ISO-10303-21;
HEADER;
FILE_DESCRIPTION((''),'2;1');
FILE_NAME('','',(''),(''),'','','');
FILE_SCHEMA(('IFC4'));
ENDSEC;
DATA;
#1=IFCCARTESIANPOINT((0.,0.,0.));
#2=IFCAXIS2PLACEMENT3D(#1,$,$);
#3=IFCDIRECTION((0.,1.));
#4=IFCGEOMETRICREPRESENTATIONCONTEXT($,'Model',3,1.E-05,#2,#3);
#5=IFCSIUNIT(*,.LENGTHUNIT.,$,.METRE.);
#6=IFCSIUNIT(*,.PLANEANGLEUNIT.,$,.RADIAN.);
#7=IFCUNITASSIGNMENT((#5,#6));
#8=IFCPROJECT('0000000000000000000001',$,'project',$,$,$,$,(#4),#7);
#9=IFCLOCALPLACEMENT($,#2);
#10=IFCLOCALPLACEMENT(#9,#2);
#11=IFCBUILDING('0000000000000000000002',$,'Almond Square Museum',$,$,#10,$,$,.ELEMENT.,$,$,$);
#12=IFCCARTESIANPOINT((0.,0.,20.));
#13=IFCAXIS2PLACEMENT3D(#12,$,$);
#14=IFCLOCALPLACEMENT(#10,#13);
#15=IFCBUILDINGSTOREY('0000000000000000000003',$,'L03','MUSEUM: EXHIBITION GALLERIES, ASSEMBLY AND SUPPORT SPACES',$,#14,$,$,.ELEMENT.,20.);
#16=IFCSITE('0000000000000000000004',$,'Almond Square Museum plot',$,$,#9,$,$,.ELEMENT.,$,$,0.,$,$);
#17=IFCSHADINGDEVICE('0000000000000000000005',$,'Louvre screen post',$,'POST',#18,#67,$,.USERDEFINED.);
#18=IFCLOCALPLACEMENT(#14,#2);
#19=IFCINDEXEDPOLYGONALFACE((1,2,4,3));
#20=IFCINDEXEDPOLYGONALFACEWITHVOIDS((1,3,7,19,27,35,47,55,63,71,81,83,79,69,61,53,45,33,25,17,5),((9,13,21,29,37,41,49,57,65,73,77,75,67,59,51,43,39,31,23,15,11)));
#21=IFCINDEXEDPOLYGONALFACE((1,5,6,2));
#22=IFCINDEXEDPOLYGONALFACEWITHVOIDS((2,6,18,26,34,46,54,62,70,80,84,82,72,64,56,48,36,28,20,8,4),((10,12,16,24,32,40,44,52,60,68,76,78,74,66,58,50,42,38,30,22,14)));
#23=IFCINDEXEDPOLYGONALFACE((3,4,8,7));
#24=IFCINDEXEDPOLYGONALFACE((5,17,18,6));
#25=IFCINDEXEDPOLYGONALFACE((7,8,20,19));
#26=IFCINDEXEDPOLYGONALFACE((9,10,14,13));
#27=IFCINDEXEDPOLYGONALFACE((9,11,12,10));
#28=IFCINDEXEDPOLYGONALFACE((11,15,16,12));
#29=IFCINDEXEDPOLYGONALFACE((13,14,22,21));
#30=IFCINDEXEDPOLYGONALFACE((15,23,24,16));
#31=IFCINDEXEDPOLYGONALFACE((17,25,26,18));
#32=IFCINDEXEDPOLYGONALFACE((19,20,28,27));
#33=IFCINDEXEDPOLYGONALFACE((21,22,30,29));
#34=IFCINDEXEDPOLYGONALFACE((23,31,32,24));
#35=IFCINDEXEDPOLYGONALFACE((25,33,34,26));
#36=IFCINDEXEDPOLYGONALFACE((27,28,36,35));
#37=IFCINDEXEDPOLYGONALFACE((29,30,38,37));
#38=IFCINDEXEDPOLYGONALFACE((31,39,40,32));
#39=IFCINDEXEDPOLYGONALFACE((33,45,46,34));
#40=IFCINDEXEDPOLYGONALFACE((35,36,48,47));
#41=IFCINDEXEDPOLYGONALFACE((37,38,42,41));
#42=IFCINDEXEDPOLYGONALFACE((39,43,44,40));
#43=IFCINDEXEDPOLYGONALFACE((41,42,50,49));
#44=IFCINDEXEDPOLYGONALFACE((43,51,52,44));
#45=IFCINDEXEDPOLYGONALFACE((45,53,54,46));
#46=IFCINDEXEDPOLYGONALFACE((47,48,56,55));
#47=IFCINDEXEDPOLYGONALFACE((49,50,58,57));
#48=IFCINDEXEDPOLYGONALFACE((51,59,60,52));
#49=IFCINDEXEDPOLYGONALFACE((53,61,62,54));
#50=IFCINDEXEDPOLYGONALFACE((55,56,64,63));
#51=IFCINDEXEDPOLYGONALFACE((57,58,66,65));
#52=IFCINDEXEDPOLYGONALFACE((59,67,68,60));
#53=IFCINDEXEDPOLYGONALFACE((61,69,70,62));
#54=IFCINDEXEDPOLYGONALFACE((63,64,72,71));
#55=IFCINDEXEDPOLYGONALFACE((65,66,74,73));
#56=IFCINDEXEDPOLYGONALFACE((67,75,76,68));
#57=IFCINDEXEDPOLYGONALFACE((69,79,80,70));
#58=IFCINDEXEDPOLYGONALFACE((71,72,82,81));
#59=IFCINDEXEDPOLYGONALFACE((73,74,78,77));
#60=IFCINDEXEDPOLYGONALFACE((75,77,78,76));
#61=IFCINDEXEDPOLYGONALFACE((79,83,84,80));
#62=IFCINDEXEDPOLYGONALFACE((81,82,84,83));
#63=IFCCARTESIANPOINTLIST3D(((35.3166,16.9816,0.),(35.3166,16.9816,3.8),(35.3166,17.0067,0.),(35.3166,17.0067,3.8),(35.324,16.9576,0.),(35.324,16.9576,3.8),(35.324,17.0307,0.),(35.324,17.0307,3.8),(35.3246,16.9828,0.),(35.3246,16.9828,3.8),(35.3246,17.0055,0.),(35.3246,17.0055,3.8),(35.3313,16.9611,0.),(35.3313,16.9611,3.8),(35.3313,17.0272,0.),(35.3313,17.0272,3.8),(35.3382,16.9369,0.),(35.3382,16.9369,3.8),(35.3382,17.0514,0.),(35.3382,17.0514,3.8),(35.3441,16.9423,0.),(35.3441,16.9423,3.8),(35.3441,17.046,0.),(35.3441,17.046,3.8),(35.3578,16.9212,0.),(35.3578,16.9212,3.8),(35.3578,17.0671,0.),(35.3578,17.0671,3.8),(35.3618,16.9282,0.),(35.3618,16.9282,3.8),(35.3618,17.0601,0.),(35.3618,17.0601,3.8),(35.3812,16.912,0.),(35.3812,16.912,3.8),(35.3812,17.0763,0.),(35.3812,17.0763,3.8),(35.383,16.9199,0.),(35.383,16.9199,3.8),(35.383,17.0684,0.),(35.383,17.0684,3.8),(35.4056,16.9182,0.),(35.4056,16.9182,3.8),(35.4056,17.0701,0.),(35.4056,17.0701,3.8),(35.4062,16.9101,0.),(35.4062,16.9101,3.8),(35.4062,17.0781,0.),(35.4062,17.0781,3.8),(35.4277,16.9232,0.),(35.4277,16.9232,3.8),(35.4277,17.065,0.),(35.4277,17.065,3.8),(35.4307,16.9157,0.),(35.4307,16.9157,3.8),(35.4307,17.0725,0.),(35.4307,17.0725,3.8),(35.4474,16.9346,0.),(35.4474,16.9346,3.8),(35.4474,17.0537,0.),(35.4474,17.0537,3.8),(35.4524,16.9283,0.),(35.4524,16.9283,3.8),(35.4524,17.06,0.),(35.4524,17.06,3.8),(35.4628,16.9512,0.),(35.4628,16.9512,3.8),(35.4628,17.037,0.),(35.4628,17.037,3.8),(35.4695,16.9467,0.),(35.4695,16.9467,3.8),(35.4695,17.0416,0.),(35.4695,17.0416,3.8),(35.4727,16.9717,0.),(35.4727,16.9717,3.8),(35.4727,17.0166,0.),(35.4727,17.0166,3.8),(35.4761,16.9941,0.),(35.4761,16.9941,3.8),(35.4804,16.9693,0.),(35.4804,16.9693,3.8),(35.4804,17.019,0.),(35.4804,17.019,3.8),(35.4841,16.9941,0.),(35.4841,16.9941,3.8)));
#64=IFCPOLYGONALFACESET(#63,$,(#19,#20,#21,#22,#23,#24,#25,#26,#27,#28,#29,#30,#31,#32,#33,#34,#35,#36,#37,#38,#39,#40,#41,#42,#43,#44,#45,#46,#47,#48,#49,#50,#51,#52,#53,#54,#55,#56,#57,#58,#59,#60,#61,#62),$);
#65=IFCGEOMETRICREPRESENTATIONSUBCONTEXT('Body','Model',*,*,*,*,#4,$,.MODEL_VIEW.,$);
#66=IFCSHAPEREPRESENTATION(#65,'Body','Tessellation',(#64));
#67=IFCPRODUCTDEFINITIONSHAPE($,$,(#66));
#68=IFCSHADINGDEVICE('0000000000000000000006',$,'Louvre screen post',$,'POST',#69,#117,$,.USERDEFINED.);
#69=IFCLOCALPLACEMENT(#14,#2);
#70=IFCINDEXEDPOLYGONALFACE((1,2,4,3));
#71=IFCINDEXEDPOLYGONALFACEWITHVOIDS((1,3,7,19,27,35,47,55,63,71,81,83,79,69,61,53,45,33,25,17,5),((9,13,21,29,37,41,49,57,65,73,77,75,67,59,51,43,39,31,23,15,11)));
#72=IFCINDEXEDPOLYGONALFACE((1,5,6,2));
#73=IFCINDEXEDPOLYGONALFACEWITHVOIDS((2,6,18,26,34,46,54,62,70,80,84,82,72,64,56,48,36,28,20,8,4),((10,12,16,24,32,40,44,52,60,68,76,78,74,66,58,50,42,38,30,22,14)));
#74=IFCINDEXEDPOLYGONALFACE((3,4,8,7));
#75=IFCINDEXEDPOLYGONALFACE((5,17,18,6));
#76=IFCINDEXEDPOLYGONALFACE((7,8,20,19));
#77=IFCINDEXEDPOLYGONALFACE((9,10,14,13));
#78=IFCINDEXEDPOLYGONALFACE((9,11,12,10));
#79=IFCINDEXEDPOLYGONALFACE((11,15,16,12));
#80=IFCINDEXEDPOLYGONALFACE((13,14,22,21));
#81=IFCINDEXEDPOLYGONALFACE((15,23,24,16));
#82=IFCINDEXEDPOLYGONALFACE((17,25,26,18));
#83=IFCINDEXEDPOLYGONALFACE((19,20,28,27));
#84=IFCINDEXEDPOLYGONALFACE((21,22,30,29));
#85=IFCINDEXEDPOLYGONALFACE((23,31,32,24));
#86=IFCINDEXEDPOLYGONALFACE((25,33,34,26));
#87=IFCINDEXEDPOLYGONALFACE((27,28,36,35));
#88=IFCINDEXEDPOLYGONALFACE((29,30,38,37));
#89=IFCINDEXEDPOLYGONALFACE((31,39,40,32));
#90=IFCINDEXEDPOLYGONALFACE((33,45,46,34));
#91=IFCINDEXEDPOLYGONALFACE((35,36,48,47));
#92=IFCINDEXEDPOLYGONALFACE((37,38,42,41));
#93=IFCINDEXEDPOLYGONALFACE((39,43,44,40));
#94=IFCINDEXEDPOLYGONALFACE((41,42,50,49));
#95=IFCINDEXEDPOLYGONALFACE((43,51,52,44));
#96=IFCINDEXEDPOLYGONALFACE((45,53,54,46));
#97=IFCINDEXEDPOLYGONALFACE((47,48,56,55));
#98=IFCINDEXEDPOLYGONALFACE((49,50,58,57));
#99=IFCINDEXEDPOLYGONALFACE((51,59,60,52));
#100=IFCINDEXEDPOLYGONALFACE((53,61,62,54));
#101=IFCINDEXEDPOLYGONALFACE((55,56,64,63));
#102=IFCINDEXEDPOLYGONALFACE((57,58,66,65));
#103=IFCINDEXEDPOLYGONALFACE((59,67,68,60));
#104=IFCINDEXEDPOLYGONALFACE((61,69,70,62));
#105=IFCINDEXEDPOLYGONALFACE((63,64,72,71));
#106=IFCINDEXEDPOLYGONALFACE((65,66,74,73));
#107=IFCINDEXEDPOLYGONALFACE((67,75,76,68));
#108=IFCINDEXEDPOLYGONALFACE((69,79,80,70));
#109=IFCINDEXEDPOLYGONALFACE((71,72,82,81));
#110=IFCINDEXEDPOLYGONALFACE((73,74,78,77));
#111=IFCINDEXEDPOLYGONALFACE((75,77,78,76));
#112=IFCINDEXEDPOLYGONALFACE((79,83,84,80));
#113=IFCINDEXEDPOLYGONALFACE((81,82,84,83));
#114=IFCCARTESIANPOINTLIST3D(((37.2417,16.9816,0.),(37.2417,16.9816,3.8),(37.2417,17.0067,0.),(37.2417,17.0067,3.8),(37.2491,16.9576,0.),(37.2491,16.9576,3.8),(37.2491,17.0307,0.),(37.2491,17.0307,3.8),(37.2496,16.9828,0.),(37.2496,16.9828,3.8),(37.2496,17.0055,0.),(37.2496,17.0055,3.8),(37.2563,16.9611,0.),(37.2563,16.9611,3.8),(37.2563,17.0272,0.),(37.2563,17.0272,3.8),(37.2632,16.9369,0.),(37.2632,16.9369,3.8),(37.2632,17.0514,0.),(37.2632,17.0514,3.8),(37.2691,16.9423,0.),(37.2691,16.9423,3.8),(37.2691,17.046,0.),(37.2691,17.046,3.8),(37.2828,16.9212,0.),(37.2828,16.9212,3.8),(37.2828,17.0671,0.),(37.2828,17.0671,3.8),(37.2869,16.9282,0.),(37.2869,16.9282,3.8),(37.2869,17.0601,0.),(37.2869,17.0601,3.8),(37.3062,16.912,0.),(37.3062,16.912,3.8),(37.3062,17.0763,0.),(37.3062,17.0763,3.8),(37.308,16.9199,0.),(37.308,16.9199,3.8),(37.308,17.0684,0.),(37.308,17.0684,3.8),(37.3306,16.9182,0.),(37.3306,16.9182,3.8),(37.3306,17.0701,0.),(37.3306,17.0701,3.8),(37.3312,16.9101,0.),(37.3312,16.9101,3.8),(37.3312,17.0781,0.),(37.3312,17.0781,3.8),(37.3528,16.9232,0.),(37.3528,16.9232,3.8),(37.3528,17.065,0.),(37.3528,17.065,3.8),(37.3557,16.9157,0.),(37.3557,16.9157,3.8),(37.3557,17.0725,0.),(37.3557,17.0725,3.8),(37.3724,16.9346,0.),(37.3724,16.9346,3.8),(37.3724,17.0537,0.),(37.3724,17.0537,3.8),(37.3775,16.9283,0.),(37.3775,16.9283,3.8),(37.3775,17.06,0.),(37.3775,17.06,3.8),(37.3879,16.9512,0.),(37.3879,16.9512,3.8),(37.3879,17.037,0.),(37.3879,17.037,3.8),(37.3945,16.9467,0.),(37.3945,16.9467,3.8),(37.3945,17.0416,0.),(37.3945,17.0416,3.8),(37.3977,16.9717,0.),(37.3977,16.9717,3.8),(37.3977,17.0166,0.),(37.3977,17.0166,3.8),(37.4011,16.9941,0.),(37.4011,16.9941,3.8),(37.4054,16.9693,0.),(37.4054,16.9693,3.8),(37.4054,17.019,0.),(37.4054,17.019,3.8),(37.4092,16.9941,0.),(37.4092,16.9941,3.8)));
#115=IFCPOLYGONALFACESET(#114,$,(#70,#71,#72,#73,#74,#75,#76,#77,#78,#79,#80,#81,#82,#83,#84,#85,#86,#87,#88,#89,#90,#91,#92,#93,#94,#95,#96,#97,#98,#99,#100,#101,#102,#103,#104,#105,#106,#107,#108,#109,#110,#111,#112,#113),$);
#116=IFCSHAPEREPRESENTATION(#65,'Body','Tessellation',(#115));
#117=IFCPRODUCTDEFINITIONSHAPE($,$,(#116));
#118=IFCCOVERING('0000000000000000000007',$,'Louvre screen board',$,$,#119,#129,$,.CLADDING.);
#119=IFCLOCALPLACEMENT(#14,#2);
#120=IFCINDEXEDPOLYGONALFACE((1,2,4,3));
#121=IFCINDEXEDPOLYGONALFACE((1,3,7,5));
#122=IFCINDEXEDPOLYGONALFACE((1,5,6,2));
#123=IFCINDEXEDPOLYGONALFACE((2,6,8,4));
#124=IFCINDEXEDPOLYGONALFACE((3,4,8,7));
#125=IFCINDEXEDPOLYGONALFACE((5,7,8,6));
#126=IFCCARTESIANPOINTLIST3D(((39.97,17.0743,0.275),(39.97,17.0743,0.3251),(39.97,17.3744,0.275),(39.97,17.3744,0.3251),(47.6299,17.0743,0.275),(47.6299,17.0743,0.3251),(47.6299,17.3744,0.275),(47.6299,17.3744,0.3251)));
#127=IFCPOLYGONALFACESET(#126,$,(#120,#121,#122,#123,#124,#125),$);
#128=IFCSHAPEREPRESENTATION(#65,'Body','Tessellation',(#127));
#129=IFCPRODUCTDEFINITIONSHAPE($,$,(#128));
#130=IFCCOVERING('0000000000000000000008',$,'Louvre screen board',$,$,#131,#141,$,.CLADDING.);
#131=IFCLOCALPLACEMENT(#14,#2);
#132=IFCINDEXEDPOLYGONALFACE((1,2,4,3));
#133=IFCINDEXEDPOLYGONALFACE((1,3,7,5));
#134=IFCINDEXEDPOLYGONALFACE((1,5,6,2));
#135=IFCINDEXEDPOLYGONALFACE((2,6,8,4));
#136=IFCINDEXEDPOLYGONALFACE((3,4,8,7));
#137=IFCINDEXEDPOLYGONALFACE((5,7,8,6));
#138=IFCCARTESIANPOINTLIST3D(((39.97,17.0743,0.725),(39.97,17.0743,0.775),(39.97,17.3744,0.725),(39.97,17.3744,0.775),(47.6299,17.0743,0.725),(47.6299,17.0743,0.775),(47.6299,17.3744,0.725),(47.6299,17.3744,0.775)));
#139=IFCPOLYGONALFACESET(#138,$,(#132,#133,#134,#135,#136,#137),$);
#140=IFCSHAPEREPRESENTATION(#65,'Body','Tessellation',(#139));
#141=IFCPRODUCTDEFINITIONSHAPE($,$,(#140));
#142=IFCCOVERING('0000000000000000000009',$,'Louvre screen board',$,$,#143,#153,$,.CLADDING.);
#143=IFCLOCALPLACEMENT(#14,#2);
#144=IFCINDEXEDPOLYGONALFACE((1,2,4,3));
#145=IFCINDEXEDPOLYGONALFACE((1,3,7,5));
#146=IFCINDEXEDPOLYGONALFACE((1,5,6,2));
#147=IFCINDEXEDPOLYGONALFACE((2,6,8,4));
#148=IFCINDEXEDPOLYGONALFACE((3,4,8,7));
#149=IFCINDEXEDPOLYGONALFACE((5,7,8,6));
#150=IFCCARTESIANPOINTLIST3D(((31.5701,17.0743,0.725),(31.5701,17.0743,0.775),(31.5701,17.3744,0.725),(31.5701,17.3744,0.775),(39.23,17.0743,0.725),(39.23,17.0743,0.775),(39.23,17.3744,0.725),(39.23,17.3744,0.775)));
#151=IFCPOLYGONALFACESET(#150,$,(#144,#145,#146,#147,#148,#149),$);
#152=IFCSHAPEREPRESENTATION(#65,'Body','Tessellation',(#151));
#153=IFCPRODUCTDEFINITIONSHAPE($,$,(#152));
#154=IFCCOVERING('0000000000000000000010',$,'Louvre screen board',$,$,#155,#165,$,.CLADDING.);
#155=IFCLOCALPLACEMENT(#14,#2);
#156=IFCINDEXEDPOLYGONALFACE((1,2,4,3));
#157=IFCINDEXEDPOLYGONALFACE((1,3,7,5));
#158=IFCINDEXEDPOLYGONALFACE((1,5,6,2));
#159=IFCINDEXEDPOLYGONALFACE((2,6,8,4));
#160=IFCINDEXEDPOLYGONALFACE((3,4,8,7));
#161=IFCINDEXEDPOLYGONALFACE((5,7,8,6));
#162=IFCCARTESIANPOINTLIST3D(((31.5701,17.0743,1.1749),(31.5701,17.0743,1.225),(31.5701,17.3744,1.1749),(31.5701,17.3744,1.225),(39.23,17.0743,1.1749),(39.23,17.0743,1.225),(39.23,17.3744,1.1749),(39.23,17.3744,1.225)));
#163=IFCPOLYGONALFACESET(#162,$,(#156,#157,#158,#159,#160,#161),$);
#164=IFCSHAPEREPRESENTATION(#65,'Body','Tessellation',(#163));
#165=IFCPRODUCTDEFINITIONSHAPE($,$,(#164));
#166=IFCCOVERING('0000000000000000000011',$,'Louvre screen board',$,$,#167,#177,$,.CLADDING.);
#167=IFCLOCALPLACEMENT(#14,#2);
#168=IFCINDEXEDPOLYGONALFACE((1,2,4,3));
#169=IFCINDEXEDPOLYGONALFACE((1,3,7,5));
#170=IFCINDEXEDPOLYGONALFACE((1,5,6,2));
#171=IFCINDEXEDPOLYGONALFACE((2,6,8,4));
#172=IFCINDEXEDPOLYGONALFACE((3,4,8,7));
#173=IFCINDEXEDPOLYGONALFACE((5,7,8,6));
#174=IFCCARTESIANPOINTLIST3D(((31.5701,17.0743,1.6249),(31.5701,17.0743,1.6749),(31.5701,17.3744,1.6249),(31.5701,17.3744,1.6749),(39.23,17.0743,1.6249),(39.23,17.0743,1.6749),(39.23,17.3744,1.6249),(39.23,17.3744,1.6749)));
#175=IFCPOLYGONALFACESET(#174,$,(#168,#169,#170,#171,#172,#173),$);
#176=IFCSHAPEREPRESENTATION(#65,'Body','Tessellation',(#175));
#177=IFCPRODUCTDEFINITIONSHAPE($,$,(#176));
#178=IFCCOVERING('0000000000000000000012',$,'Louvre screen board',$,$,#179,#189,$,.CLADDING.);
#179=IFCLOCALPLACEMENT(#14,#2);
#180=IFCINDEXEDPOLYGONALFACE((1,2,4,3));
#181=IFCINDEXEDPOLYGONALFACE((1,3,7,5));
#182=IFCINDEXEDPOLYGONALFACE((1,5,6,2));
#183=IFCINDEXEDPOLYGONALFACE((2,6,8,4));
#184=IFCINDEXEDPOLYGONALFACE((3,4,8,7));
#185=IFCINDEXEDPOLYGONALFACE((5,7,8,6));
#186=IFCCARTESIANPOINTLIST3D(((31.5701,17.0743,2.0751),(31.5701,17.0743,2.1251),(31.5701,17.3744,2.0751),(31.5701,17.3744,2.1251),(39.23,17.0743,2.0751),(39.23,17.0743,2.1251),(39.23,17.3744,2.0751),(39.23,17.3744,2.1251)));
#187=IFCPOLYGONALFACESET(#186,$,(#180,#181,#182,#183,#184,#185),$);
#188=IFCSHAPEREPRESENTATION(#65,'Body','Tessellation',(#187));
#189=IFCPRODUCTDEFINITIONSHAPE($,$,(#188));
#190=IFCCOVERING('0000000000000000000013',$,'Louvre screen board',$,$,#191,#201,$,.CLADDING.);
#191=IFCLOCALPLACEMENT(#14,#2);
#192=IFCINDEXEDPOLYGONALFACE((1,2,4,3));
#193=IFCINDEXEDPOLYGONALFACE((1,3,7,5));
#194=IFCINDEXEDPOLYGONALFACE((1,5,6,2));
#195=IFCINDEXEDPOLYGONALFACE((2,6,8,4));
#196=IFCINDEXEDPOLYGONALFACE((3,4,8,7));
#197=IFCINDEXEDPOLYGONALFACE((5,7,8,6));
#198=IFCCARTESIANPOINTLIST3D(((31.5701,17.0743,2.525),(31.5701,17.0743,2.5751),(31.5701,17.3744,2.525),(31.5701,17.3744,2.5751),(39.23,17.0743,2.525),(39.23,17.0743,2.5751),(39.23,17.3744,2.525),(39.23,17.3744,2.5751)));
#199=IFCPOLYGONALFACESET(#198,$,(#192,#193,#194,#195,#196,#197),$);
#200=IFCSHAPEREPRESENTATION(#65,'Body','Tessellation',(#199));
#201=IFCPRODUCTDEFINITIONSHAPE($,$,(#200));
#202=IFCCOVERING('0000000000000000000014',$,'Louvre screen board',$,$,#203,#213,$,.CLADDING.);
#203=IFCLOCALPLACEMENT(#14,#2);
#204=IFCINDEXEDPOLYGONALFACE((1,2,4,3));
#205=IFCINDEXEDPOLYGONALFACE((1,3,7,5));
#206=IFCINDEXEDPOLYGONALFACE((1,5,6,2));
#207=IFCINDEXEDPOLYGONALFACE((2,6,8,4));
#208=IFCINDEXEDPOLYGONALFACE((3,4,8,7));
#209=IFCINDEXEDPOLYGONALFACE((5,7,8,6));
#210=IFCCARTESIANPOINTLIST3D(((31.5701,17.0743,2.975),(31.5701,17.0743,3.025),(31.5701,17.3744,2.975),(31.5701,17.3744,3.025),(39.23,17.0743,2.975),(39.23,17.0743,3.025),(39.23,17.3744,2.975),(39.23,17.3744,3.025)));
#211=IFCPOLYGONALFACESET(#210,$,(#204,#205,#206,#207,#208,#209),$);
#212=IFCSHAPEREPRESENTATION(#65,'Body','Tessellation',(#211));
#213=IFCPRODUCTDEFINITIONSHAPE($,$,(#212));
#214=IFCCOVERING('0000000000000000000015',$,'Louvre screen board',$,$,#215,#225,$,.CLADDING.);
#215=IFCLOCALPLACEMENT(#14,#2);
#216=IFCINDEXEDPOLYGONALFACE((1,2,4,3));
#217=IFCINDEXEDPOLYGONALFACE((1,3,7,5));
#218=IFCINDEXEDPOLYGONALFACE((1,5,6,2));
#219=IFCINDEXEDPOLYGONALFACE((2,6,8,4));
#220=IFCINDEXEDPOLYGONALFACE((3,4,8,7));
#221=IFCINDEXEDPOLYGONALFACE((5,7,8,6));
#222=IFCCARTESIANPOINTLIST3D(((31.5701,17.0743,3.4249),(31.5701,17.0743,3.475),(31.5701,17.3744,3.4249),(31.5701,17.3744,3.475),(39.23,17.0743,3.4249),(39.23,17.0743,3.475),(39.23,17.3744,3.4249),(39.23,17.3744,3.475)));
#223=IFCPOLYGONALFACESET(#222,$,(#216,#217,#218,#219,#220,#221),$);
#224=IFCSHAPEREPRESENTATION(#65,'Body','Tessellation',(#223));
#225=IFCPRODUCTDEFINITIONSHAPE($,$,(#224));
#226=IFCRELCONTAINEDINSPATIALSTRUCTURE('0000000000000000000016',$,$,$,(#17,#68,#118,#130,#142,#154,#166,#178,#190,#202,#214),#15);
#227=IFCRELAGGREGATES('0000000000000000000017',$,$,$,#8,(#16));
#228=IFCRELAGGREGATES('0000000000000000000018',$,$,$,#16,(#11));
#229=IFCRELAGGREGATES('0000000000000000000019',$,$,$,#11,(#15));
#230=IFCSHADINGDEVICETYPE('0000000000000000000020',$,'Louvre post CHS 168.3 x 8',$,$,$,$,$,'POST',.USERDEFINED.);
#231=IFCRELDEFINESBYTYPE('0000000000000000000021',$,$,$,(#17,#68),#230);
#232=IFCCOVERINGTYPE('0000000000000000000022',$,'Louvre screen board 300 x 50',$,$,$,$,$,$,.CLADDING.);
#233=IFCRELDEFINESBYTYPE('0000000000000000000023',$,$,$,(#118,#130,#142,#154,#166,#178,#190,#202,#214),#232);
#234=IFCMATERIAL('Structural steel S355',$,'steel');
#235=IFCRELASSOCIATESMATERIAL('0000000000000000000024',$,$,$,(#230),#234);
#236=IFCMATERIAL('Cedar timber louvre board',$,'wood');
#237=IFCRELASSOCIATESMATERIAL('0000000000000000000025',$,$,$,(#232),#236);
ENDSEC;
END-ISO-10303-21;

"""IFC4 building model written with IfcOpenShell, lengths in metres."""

from ifc_helpers import new_model, si_unit, direction, frame, origin, origin_2d, place, context, subcontext, project, spatial, rectangle, hollow_circle, extrude, material, material_profile, profile_set, type_object, element, save


model = new_model("IFC4")

# Units and contexts
model_context = context("Model", 3, precision=1e-05, world=origin(), true_north=direction((0.0, 1.0)))
body_context = subcontext(model_context, "Body", "Model", "MODEL_VIEW")
ifc_project = project(units=[si_unit("LENGTHUNIT", "METRE"), si_unit("PLANEANGLEUNIT", "RADIAN")], contexts=[model_context])

# Site, building, storey
site_placement = place(None, origin())
site = spatial("IfcSite", under=ifc_project, at=site_placement, Name="Almond Square Museum plot", CompositionType="ELEMENT", RefElevation=0.0)
building_placement = place(site_placement, origin())
building = spatial("IfcBuilding", under=site, at=building_placement, Name="Almond Square Museum", CompositionType="ELEMENT")
storey_placement = place(building_placement, frame((0.0, 0.0, 20.0)))
storey = spatial("IfcBuildingStorey", under=building, at=storey_placement, Name="L03", Description="MUSEUM: EXHIBITION GALLERIES, ASSEMBLY AND SUPPORT SPACES", CompositionType="ELEMENT", Elevation=20.0)

# Shading devices
ifc_material_1 = material(Name="Structural steel S355", Category="steel")
ifc_material_profile_1 = material_profile(ifc_material_1, hollow_circle(Radius=0.0842, WallThickness=0.0081, at=origin_2d()))
ifc_profile_set_1 = profile_set([ifc_material_profile_1], Name="Structural steel S355")
shading_device_type = type_object("IfcShadingDeviceType", Name="Louvre post CHS 168.3 x 8", ElementType="POST", PredefinedType="USERDEFINED", material=ifc_profile_set_1)
for number, where, z_axis, x_axis, name in (
    (1, (35.3999, 16.9941, 0.0), (0.0, 0.0, 1.0), (1.0, 0.0, 0.0), "Louvre screen post"),
    (2, (37.325, 16.9941, 0.0), (0.0, 0.0, 1.0), (1.0, 0.0, 0.0), "Louvre screen post"),
):
    element("IfcShadingDevice", number, at=place(storey_placement, frame(where, z_axis=z_axis, x_axis=x_axis)), inside=storey, type_object=shading_device_type, Name=name, ObjectType="POST", PredefinedType="USERDEFINED", context=body_context, shape_type="SweptSolid", body=[
        extrude(hollow_circle(Radius=0.0842, WallThickness=0.0081, at=origin_2d()), origin(), (0.0, 0.0, 1.0), 3.8),
    ])

# Coverings
ifc_material_2 = material(Name="Cedar timber louvre board", Category="wood")
ifc_material_profile_2 = material_profile(ifc_material_2, rectangle(XDim=0.3, YDim=0.05, at=origin_2d()))
ifc_profile_set_2 = profile_set([ifc_material_profile_2], Name="Cedar timber louvre board")
covering_type = type_object("IfcCoveringType", Name="Louvre screen board 300 x 50", PredefinedType="CLADDING", material=ifc_profile_set_2)
for number, where, z_axis, x_axis, name in (
    (3, (39.97, 17.2244, 0.3), (1.0, 0.0, 0.0), (0.0, 1.0, 0.0), "Louvre screen board"),
    (4, (39.97, 17.2244, 0.75), (1.0, 0.0, 0.0), (0.0, 1.0, 0.0), "Louvre screen board"),
    (5, (31.5701, 17.2244, 0.75), (1.0, 0.0, 0.0), (0.0, 1.0, 0.0), "Louvre screen board"),
    (6, (31.5701, 17.2244, 1.2), (1.0, 0.0, 0.0), (0.0, 1.0, 0.0), "Louvre screen board"),
    (7, (31.5701, 17.2244, 1.6499), (1.0, 0.0, 0.0), (0.0, 1.0, 0.0), "Louvre screen board"),
    (8, (31.5701, 17.2244, 2.1001), (1.0, 0.0, 0.0), (0.0, 1.0, 0.0), "Louvre screen board"),
    (9, (31.5701, 17.2244, 2.55), (1.0, 0.0, 0.0), (0.0, 1.0, 0.0), "Louvre screen board"),
    (10, (31.5701, 17.2244, 3.0), (1.0, 0.0, 0.0), (0.0, 1.0, 0.0), "Louvre screen board"),
    (11, (31.5701, 17.2244, 3.45), (1.0, 0.0, 0.0), (0.0, 1.0, 0.0), "Louvre screen board"),
):
    element("IfcCovering", number, at=place(storey_placement, frame(where, z_axis=z_axis, x_axis=x_axis)), inside=storey, type_object=covering_type, Name=name, PredefinedType="CLADDING", context=body_context, shape_type="SweptSolid", body=[
        extrude(rectangle(XDim=0.3, YDim=0.05, at=origin_2d()), origin(), (0.0, 0.0, 1.0), 7.6599),
    ])

save(model, "model.ifc")
